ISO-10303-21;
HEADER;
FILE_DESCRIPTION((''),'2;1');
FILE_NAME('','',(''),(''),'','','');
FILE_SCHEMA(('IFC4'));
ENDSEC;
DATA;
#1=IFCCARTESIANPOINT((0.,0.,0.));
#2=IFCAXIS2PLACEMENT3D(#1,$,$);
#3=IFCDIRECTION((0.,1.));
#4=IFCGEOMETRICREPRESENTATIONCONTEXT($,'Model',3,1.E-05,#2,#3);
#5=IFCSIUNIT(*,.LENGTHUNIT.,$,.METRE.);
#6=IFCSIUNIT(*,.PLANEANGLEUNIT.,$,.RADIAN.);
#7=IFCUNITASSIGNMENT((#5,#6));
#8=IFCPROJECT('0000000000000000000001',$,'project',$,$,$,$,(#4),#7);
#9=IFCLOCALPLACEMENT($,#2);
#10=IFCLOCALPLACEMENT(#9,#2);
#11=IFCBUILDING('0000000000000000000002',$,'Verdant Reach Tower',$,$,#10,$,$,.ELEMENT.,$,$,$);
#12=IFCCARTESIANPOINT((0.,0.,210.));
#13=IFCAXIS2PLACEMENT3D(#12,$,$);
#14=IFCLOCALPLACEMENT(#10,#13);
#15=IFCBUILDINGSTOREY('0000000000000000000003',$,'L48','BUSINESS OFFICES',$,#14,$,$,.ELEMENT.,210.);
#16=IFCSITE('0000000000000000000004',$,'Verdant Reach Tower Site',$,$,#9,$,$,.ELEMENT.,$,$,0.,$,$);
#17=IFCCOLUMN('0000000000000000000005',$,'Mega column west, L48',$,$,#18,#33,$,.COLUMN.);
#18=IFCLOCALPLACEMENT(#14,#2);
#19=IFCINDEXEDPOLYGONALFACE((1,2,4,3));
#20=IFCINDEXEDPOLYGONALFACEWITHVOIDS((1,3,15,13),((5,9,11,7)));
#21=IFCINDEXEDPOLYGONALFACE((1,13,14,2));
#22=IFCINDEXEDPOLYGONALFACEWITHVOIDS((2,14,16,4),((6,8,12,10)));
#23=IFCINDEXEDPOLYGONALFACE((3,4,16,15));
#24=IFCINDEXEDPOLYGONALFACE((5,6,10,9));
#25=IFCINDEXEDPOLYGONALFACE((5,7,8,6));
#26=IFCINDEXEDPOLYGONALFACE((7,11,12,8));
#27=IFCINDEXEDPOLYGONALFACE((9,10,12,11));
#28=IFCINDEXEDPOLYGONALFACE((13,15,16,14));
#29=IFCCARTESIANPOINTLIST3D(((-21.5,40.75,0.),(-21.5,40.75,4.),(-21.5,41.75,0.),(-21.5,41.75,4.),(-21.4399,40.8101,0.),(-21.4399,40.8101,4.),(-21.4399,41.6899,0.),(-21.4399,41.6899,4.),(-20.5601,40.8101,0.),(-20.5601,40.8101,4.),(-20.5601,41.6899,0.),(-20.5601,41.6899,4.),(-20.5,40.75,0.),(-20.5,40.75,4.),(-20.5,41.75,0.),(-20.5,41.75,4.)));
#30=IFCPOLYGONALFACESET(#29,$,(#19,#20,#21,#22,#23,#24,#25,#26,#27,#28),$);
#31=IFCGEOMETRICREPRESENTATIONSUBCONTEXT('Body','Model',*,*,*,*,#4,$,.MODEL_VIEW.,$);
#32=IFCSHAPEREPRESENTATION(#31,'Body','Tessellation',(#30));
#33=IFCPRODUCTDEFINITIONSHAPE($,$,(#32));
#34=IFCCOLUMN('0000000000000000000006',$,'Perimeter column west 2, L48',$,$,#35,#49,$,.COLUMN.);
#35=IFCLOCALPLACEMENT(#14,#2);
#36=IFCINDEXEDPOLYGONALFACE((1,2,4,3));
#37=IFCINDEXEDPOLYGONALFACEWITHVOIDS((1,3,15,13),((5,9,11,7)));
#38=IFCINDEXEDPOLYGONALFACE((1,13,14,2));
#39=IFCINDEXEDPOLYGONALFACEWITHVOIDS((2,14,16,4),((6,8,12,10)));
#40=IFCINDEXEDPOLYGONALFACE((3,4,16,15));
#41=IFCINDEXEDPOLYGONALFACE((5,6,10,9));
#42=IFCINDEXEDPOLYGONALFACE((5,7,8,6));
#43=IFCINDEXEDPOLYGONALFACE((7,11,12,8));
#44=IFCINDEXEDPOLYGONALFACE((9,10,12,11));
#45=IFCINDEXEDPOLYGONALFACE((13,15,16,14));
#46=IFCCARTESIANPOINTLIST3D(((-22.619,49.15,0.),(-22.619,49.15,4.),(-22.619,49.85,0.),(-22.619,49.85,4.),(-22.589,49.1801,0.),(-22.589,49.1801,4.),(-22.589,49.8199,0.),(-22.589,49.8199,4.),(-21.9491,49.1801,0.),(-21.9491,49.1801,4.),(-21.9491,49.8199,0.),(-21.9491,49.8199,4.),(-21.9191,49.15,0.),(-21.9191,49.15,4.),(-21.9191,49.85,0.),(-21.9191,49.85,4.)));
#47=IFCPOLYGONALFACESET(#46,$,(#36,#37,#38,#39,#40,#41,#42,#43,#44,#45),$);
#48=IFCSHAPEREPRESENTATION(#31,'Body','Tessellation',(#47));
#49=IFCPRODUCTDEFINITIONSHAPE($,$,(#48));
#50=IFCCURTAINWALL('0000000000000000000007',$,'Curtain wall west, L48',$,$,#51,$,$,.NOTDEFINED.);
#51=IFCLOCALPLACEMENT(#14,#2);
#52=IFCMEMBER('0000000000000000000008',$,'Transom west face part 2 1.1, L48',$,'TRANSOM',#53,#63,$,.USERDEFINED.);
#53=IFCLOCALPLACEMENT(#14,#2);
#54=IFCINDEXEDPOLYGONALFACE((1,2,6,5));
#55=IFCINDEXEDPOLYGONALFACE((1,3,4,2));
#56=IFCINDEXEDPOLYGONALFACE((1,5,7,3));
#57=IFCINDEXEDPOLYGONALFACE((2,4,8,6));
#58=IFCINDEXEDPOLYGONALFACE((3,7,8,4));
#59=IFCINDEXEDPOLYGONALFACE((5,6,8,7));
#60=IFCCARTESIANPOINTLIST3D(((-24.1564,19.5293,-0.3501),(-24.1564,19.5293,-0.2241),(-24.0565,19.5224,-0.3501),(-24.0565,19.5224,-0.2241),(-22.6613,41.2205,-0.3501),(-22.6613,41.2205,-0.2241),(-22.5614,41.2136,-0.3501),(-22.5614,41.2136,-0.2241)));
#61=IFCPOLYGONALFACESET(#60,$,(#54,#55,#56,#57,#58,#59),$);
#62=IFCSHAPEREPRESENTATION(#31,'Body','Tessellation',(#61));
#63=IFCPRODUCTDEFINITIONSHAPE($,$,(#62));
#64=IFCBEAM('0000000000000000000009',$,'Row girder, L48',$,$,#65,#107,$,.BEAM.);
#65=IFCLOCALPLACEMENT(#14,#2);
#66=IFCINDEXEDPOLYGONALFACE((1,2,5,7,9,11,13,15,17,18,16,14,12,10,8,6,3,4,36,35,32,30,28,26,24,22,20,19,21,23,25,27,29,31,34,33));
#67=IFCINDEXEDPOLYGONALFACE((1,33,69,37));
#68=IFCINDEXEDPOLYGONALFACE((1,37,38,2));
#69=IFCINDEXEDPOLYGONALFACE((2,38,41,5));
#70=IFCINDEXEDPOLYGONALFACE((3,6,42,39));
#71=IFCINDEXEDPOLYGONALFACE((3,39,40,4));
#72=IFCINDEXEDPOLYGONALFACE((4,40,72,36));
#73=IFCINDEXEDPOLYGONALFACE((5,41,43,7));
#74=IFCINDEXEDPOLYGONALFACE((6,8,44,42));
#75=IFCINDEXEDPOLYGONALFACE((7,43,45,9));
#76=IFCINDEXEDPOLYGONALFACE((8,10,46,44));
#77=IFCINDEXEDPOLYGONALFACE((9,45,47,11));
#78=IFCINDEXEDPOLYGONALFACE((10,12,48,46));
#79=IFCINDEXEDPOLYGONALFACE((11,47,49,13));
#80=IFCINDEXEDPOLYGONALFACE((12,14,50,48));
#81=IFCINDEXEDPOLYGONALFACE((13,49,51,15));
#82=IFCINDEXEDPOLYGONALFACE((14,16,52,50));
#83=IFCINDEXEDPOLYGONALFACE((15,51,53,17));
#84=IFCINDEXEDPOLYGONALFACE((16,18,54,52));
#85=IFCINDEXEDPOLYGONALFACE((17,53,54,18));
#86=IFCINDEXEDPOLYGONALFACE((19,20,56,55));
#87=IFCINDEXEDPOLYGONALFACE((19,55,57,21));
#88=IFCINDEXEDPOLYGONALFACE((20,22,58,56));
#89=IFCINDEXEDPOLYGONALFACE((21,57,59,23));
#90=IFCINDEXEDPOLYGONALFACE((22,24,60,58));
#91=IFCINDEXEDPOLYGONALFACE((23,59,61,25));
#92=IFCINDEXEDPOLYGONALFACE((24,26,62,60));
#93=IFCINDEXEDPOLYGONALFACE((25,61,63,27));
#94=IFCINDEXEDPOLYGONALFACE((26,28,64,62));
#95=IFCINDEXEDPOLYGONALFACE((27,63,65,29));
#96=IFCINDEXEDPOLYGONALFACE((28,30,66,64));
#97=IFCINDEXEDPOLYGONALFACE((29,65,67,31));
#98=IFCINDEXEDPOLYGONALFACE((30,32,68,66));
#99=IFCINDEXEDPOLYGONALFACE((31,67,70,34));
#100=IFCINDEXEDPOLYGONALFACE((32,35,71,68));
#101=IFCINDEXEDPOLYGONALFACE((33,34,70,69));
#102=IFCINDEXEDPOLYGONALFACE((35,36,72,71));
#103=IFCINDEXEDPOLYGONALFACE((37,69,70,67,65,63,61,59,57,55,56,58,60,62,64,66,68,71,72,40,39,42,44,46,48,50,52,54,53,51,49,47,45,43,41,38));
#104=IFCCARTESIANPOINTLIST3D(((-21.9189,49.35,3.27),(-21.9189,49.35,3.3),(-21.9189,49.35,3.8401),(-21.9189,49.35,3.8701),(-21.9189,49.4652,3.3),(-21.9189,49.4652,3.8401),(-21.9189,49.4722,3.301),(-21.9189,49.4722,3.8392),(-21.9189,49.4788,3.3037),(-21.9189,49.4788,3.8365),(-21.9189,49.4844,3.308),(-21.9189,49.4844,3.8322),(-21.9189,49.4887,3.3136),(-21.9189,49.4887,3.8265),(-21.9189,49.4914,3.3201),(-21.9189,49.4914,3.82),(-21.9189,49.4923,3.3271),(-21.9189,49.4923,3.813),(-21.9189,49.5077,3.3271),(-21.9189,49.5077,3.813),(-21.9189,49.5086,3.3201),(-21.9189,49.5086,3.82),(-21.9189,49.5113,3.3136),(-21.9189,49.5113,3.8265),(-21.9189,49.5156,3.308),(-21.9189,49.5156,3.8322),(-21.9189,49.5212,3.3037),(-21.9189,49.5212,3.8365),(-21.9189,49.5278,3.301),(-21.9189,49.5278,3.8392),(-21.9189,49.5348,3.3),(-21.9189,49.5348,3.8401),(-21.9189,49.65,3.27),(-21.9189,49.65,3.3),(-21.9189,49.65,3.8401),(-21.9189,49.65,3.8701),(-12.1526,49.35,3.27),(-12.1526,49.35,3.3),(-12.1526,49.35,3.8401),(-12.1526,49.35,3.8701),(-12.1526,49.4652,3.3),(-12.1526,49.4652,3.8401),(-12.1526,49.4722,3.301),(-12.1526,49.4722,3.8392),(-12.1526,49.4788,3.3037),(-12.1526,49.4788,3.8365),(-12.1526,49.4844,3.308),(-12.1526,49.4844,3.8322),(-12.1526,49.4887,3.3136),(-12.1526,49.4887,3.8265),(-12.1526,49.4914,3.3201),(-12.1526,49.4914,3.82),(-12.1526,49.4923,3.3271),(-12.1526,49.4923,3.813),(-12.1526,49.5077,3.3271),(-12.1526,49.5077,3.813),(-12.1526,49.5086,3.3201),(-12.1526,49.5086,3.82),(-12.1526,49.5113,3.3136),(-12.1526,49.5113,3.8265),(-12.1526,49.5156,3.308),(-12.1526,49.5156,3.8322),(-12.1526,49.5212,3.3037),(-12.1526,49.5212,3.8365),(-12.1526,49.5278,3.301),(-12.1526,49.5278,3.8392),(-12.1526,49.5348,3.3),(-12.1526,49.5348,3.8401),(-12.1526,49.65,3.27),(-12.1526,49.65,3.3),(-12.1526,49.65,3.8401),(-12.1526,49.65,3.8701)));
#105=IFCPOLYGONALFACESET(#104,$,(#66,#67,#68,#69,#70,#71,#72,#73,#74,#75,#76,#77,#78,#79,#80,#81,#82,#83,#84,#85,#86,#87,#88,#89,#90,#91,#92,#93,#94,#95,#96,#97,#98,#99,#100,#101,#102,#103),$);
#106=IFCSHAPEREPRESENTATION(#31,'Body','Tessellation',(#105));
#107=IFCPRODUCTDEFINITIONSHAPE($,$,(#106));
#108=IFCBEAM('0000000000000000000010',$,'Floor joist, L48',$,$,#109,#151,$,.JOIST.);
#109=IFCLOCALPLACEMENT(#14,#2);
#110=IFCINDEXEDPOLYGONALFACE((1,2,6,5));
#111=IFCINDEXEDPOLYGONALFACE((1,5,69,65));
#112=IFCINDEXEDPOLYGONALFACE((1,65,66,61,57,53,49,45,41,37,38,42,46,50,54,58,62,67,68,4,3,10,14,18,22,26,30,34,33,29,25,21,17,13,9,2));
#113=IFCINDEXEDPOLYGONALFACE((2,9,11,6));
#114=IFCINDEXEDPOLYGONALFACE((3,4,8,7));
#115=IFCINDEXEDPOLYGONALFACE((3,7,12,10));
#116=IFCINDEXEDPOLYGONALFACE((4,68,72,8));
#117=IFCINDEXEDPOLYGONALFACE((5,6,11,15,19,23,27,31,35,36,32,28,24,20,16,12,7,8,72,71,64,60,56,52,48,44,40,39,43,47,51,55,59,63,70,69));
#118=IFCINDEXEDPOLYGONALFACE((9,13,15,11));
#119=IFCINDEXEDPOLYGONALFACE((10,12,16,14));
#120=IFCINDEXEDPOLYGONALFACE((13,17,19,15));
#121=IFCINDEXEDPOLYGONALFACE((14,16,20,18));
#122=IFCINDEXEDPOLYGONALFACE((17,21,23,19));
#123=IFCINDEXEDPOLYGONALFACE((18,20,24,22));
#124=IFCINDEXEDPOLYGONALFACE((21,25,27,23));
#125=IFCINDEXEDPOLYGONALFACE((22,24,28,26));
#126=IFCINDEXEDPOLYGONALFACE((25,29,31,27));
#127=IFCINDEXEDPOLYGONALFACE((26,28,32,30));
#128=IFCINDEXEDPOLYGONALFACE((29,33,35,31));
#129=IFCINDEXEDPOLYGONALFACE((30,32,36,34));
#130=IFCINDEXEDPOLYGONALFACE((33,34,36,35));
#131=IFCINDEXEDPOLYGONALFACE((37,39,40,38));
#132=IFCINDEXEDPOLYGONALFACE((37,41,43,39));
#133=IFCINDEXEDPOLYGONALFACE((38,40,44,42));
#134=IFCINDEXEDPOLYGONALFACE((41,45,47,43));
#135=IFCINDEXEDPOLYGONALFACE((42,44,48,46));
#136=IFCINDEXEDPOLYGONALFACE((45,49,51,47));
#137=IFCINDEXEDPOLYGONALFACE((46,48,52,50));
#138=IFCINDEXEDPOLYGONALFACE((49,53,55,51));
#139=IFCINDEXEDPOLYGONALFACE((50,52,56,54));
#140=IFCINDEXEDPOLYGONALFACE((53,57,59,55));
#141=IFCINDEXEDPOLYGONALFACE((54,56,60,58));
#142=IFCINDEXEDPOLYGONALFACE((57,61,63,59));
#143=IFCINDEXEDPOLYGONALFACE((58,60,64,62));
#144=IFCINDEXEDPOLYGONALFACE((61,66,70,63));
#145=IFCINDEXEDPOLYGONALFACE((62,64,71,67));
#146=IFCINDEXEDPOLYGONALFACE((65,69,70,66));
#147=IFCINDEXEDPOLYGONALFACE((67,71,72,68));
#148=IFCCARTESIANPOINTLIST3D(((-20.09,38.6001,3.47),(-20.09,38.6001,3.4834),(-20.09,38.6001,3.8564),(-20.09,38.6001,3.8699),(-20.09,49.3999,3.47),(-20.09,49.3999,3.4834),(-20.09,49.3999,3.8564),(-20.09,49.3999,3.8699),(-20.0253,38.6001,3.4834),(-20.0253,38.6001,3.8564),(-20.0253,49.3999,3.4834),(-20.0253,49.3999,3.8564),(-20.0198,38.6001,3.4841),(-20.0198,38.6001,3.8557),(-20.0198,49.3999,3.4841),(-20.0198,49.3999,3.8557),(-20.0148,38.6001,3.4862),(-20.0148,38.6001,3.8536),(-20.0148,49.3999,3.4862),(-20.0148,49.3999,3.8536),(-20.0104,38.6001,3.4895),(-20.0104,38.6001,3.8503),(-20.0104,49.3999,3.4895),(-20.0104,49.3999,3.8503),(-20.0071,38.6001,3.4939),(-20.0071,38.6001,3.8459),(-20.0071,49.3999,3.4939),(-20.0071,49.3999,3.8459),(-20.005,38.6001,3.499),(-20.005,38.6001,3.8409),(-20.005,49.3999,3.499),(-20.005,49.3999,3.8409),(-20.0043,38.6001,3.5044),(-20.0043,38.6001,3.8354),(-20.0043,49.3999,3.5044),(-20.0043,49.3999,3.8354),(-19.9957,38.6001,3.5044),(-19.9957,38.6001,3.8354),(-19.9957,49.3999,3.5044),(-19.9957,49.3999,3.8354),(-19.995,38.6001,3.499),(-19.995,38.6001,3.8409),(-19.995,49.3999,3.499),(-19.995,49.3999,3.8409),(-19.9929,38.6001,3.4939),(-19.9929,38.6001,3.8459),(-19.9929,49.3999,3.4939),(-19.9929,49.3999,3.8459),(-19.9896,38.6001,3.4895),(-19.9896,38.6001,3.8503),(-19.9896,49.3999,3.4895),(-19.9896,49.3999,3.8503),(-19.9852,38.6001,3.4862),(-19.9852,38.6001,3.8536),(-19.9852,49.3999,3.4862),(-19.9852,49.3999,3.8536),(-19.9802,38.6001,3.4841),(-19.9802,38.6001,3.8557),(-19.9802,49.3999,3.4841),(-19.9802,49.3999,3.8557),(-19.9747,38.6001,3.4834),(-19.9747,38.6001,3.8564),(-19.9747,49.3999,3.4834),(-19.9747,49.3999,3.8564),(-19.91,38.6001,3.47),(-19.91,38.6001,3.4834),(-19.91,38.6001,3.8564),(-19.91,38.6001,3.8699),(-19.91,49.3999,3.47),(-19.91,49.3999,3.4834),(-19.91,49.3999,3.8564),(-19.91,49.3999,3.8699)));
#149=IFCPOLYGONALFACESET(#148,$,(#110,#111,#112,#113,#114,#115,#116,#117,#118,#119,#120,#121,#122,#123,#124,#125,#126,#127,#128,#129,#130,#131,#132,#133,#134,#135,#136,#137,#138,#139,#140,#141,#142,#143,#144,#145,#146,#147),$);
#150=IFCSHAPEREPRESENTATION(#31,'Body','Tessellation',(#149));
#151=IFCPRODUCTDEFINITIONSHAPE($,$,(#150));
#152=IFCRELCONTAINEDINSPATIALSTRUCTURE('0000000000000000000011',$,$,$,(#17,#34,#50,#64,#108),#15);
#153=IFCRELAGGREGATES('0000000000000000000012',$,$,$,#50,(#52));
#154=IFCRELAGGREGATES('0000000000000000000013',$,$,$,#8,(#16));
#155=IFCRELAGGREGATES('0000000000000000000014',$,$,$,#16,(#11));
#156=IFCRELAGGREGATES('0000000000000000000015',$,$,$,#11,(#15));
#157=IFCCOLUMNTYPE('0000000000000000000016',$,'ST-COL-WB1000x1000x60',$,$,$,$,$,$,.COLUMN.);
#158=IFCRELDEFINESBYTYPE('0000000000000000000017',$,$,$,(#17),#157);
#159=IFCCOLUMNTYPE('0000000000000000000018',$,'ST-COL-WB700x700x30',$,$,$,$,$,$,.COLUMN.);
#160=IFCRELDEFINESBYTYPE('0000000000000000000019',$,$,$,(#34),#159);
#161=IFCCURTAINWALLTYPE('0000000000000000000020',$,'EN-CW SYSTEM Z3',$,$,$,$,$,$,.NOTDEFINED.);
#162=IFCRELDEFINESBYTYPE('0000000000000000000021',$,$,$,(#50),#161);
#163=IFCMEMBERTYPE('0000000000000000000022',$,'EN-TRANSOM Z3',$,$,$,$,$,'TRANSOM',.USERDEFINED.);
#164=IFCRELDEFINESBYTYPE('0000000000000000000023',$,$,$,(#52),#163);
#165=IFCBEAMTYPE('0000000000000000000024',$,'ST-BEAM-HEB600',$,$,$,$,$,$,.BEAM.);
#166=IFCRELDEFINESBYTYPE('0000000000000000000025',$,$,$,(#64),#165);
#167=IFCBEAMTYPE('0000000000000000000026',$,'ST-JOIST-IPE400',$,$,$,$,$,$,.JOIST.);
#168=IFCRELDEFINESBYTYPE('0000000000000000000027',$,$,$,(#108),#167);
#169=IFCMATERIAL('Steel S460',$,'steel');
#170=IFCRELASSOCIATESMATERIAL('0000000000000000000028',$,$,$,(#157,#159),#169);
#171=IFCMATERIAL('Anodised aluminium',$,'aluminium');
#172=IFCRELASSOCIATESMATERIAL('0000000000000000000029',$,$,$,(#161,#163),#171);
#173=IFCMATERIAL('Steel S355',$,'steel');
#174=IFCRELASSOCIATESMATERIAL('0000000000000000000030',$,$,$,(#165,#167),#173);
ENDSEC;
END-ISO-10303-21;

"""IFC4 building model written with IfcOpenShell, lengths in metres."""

from ifc_helpers import new_model, si_unit, direction, frame, origin, origin_2d, place, context, subcontext, project, spatial, rectangle, hollow_rectangle, i_section, extrude, material, material_profile, profile_set, type_object, element, aggregate, save


model = new_model("IFC4")

# Units and contexts
model_context = context("Model", 3, precision=1e-05, world=origin(), true_north=direction((0.0, 1.0)))
body_context = subcontext(model_context, "Body", "Model", "MODEL_VIEW")
ifc_project = project(units=[si_unit("LENGTHUNIT", "METRE"), si_unit("PLANEANGLEUNIT", "RADIAN")], contexts=[model_context])

# Site, building, storey
site_placement = place(None, origin())
site = spatial("IfcSite", under=ifc_project, at=site_placement, Name="Verdant Reach Tower Site", CompositionType="ELEMENT", RefElevation=0.0)
building_placement = place(site_placement, origin())
building = spatial("IfcBuilding", under=site, at=building_placement, Name="Verdant Reach Tower", CompositionType="ELEMENT")
storey_placement = place(building_placement, frame((0.0, 0.0, 210.0)))
storey = spatial("IfcBuildingStorey", under=building, at=storey_placement, Name="L48", Description="BUSINESS OFFICES", CompositionType="ELEMENT", Elevation=210.0)

# Columns
ifc_material_1 = material(Name="Steel S460", Category="steel")
ifc_material_profile_1 = material_profile(ifc_material_1, hollow_rectangle(XDim=1.0, YDim=1.0, WallThickness=0.0601, at=origin_2d()), Name="WB 1000x1000x60")
ifc_profile_set_1 = profile_set([ifc_material_profile_1], Name="Steel S460")
column_type_1 = type_object("IfcColumnType", Name="ST-COL-WB1000x1000x60", PredefinedType="COLUMN", material=ifc_profile_set_1)
column_1_placement = place(storey_placement, frame((-21.0, 41.25, 0.0), z_axis=(0.0, 0.0, 1.0), x_axis=(1.0, 0.0, 0.0)))
element("IfcColumn", 1, at=column_1_placement, inside=storey, type_object=column_type_1, Name="Mega column west, L48", PredefinedType="COLUMN", context=body_context, shape_type="SweptSolid", body=[
    extrude(hollow_rectangle(XDim=1.0, YDim=1.0, WallThickness=0.0601, at=origin_2d()), origin(), (0.0, 0.0, 1.0), 4.0),
])
ifc_material_profile_2 = material_profile(ifc_material_1, hollow_rectangle(XDim=0.7, YDim=0.7, WallThickness=0.03, at=origin_2d()), Name="WB 700x700x30")
ifc_profile_set_2 = profile_set([ifc_material_profile_2], Name="Steel S460")
column_type_2 = type_object("IfcColumnType", Name="ST-COL-WB700x700x30", PredefinedType="COLUMN", material=ifc_profile_set_2)
column_2_placement = place(storey_placement, frame((-22.269, 49.5, 0.0), z_axis=(0.0, 0.0, 1.0), x_axis=(1.0, 0.0, 0.0)))
element("IfcColumn", 2, at=column_2_placement, inside=storey, type_object=column_type_2, Name="Perimeter column west 2, L48", PredefinedType="COLUMN", context=body_context, shape_type="SweptSolid", body=[
    extrude(hollow_rectangle(XDim=0.7, YDim=0.7, WallThickness=0.03, at=origin_2d()), origin(), (0.0, 0.0, 1.0), 4.0),
])

# Curtain wall, member
ifc_material_2 = material(Name="Anodised aluminium", Category="aluminium")
curtain_wall_type = type_object("IfcCurtainWallType", Name="EN-CW SYSTEM Z3", PredefinedType="NOTDEFINED", material=ifc_material_2)
curtain_wall_placement = place(storey_placement, origin())
curtain_wall = element("IfcCurtainWall", 3, at=curtain_wall_placement, inside=storey, type_object=curtain_wall_type, Name="Curtain wall west, L48", PredefinedType="NOTDEFINED")
ifc_material_profile_3 = material_profile(ifc_material_2, rectangle(XDim=0.1001, YDim=0.126, at=origin_2d()), Name="Transom 126x100")
ifc_profile_set_3 = profile_set([ifc_material_profile_3], Name="Anodised aluminium")
member_type = type_object("IfcMemberType", Name="EN-TRANSOM Z3", ElementType="TRANSOM", PredefinedType="USERDEFINED", material=ifc_profile_set_3)
member_placement = place(storey_placement, frame((-22.6113, 41.217, -0.2871), z_axis=(-0.068764, -0.997633, 0.0), x_axis=(0.997633, -0.068764, 0.0)))
member = element("IfcMember", 4, at=member_placement, type_object=member_type, Name="Transom west face part 2 1.1, L48", ObjectType="TRANSOM", PredefinedType="USERDEFINED", context=body_context, shape_type="SweptSolid", body=[
    extrude(rectangle(XDim=0.1001, YDim=0.126, at=origin_2d()), origin(), (0.0, 0.0, 1.0), 21.7427),
])

# Beams
ifc_material_3 = material(Name="Steel S355", Category="steel")
ifc_material_profile_4 = material_profile(ifc_material_3, i_section(OverallWidth=0.3, OverallDepth=0.6001, WebThickness=0.0154, FlangeThickness=0.03, FilletRadius=0.0271, at=origin_2d()), Name="HEB 600")
ifc_profile_set_4 = profile_set([ifc_material_profile_4], Name="Steel S355")
beam_type_1 = type_object("IfcBeamType", Name="ST-BEAM-HEB600", PredefinedType="BEAM", material=ifc_profile_set_4)
beam_1_placement = place(storey_placement, frame((-21.9189, 49.5, 3.5701), z_axis=(1.0, 0.0, 0.0), x_axis=(0.0, 1.0, 0.0)))
element("IfcBeam", 5, at=beam_1_placement, inside=storey, type_object=beam_type_1, Name="Row girder, L48", PredefinedType="BEAM", context=body_context, shape_type="SweptSolid", body=[
    extrude(i_section(OverallWidth=0.3, OverallDepth=0.6001, WebThickness=0.0154, FlangeThickness=0.03, FilletRadius=0.0271, at=origin_2d()), origin(), (0.0, 0.0, 1.0), 9.7664),
])
ifc_material_profile_5 = material_profile(ifc_material_3, i_section(OverallWidth=0.1799, OverallDepth=0.3999, WebThickness=0.0085, FlangeThickness=0.0134, FilletRadius=0.021, at=origin_2d()), Name="IPE 400")
ifc_profile_set_5 = profile_set([ifc_material_profile_5], Name="Steel S355")
beam_type_2 = type_object("IfcBeamType", Name="ST-JOIST-IPE400", PredefinedType="JOIST", material=ifc_profile_set_5)
for number, where, z_axis, x_axis, name in (
    (6, (-20.0, 38.6001, 3.6699), (0.0, 1.0, 0.0), (-1.0, 0.0, 0.0), "Floor joist, L48"),
):
    element("IfcBeam", number, at=place(storey_placement, frame(where, z_axis=z_axis, x_axis=x_axis)), inside=storey, type_object=beam_type_2, Name=name, PredefinedType="JOIST", context=body_context, shape_type="SweptSolid", body=[
        extrude(i_section(OverallWidth=0.1799, OverallDepth=0.3999, WebThickness=0.0085, FlangeThickness=0.0134, FilletRadius=0.021, at=origin_2d()), origin(), (0.0, 0.0, 1.0), 10.7998),
    ])

aggregate(curtain_wall, [member])

save(model, "model.ifc")
